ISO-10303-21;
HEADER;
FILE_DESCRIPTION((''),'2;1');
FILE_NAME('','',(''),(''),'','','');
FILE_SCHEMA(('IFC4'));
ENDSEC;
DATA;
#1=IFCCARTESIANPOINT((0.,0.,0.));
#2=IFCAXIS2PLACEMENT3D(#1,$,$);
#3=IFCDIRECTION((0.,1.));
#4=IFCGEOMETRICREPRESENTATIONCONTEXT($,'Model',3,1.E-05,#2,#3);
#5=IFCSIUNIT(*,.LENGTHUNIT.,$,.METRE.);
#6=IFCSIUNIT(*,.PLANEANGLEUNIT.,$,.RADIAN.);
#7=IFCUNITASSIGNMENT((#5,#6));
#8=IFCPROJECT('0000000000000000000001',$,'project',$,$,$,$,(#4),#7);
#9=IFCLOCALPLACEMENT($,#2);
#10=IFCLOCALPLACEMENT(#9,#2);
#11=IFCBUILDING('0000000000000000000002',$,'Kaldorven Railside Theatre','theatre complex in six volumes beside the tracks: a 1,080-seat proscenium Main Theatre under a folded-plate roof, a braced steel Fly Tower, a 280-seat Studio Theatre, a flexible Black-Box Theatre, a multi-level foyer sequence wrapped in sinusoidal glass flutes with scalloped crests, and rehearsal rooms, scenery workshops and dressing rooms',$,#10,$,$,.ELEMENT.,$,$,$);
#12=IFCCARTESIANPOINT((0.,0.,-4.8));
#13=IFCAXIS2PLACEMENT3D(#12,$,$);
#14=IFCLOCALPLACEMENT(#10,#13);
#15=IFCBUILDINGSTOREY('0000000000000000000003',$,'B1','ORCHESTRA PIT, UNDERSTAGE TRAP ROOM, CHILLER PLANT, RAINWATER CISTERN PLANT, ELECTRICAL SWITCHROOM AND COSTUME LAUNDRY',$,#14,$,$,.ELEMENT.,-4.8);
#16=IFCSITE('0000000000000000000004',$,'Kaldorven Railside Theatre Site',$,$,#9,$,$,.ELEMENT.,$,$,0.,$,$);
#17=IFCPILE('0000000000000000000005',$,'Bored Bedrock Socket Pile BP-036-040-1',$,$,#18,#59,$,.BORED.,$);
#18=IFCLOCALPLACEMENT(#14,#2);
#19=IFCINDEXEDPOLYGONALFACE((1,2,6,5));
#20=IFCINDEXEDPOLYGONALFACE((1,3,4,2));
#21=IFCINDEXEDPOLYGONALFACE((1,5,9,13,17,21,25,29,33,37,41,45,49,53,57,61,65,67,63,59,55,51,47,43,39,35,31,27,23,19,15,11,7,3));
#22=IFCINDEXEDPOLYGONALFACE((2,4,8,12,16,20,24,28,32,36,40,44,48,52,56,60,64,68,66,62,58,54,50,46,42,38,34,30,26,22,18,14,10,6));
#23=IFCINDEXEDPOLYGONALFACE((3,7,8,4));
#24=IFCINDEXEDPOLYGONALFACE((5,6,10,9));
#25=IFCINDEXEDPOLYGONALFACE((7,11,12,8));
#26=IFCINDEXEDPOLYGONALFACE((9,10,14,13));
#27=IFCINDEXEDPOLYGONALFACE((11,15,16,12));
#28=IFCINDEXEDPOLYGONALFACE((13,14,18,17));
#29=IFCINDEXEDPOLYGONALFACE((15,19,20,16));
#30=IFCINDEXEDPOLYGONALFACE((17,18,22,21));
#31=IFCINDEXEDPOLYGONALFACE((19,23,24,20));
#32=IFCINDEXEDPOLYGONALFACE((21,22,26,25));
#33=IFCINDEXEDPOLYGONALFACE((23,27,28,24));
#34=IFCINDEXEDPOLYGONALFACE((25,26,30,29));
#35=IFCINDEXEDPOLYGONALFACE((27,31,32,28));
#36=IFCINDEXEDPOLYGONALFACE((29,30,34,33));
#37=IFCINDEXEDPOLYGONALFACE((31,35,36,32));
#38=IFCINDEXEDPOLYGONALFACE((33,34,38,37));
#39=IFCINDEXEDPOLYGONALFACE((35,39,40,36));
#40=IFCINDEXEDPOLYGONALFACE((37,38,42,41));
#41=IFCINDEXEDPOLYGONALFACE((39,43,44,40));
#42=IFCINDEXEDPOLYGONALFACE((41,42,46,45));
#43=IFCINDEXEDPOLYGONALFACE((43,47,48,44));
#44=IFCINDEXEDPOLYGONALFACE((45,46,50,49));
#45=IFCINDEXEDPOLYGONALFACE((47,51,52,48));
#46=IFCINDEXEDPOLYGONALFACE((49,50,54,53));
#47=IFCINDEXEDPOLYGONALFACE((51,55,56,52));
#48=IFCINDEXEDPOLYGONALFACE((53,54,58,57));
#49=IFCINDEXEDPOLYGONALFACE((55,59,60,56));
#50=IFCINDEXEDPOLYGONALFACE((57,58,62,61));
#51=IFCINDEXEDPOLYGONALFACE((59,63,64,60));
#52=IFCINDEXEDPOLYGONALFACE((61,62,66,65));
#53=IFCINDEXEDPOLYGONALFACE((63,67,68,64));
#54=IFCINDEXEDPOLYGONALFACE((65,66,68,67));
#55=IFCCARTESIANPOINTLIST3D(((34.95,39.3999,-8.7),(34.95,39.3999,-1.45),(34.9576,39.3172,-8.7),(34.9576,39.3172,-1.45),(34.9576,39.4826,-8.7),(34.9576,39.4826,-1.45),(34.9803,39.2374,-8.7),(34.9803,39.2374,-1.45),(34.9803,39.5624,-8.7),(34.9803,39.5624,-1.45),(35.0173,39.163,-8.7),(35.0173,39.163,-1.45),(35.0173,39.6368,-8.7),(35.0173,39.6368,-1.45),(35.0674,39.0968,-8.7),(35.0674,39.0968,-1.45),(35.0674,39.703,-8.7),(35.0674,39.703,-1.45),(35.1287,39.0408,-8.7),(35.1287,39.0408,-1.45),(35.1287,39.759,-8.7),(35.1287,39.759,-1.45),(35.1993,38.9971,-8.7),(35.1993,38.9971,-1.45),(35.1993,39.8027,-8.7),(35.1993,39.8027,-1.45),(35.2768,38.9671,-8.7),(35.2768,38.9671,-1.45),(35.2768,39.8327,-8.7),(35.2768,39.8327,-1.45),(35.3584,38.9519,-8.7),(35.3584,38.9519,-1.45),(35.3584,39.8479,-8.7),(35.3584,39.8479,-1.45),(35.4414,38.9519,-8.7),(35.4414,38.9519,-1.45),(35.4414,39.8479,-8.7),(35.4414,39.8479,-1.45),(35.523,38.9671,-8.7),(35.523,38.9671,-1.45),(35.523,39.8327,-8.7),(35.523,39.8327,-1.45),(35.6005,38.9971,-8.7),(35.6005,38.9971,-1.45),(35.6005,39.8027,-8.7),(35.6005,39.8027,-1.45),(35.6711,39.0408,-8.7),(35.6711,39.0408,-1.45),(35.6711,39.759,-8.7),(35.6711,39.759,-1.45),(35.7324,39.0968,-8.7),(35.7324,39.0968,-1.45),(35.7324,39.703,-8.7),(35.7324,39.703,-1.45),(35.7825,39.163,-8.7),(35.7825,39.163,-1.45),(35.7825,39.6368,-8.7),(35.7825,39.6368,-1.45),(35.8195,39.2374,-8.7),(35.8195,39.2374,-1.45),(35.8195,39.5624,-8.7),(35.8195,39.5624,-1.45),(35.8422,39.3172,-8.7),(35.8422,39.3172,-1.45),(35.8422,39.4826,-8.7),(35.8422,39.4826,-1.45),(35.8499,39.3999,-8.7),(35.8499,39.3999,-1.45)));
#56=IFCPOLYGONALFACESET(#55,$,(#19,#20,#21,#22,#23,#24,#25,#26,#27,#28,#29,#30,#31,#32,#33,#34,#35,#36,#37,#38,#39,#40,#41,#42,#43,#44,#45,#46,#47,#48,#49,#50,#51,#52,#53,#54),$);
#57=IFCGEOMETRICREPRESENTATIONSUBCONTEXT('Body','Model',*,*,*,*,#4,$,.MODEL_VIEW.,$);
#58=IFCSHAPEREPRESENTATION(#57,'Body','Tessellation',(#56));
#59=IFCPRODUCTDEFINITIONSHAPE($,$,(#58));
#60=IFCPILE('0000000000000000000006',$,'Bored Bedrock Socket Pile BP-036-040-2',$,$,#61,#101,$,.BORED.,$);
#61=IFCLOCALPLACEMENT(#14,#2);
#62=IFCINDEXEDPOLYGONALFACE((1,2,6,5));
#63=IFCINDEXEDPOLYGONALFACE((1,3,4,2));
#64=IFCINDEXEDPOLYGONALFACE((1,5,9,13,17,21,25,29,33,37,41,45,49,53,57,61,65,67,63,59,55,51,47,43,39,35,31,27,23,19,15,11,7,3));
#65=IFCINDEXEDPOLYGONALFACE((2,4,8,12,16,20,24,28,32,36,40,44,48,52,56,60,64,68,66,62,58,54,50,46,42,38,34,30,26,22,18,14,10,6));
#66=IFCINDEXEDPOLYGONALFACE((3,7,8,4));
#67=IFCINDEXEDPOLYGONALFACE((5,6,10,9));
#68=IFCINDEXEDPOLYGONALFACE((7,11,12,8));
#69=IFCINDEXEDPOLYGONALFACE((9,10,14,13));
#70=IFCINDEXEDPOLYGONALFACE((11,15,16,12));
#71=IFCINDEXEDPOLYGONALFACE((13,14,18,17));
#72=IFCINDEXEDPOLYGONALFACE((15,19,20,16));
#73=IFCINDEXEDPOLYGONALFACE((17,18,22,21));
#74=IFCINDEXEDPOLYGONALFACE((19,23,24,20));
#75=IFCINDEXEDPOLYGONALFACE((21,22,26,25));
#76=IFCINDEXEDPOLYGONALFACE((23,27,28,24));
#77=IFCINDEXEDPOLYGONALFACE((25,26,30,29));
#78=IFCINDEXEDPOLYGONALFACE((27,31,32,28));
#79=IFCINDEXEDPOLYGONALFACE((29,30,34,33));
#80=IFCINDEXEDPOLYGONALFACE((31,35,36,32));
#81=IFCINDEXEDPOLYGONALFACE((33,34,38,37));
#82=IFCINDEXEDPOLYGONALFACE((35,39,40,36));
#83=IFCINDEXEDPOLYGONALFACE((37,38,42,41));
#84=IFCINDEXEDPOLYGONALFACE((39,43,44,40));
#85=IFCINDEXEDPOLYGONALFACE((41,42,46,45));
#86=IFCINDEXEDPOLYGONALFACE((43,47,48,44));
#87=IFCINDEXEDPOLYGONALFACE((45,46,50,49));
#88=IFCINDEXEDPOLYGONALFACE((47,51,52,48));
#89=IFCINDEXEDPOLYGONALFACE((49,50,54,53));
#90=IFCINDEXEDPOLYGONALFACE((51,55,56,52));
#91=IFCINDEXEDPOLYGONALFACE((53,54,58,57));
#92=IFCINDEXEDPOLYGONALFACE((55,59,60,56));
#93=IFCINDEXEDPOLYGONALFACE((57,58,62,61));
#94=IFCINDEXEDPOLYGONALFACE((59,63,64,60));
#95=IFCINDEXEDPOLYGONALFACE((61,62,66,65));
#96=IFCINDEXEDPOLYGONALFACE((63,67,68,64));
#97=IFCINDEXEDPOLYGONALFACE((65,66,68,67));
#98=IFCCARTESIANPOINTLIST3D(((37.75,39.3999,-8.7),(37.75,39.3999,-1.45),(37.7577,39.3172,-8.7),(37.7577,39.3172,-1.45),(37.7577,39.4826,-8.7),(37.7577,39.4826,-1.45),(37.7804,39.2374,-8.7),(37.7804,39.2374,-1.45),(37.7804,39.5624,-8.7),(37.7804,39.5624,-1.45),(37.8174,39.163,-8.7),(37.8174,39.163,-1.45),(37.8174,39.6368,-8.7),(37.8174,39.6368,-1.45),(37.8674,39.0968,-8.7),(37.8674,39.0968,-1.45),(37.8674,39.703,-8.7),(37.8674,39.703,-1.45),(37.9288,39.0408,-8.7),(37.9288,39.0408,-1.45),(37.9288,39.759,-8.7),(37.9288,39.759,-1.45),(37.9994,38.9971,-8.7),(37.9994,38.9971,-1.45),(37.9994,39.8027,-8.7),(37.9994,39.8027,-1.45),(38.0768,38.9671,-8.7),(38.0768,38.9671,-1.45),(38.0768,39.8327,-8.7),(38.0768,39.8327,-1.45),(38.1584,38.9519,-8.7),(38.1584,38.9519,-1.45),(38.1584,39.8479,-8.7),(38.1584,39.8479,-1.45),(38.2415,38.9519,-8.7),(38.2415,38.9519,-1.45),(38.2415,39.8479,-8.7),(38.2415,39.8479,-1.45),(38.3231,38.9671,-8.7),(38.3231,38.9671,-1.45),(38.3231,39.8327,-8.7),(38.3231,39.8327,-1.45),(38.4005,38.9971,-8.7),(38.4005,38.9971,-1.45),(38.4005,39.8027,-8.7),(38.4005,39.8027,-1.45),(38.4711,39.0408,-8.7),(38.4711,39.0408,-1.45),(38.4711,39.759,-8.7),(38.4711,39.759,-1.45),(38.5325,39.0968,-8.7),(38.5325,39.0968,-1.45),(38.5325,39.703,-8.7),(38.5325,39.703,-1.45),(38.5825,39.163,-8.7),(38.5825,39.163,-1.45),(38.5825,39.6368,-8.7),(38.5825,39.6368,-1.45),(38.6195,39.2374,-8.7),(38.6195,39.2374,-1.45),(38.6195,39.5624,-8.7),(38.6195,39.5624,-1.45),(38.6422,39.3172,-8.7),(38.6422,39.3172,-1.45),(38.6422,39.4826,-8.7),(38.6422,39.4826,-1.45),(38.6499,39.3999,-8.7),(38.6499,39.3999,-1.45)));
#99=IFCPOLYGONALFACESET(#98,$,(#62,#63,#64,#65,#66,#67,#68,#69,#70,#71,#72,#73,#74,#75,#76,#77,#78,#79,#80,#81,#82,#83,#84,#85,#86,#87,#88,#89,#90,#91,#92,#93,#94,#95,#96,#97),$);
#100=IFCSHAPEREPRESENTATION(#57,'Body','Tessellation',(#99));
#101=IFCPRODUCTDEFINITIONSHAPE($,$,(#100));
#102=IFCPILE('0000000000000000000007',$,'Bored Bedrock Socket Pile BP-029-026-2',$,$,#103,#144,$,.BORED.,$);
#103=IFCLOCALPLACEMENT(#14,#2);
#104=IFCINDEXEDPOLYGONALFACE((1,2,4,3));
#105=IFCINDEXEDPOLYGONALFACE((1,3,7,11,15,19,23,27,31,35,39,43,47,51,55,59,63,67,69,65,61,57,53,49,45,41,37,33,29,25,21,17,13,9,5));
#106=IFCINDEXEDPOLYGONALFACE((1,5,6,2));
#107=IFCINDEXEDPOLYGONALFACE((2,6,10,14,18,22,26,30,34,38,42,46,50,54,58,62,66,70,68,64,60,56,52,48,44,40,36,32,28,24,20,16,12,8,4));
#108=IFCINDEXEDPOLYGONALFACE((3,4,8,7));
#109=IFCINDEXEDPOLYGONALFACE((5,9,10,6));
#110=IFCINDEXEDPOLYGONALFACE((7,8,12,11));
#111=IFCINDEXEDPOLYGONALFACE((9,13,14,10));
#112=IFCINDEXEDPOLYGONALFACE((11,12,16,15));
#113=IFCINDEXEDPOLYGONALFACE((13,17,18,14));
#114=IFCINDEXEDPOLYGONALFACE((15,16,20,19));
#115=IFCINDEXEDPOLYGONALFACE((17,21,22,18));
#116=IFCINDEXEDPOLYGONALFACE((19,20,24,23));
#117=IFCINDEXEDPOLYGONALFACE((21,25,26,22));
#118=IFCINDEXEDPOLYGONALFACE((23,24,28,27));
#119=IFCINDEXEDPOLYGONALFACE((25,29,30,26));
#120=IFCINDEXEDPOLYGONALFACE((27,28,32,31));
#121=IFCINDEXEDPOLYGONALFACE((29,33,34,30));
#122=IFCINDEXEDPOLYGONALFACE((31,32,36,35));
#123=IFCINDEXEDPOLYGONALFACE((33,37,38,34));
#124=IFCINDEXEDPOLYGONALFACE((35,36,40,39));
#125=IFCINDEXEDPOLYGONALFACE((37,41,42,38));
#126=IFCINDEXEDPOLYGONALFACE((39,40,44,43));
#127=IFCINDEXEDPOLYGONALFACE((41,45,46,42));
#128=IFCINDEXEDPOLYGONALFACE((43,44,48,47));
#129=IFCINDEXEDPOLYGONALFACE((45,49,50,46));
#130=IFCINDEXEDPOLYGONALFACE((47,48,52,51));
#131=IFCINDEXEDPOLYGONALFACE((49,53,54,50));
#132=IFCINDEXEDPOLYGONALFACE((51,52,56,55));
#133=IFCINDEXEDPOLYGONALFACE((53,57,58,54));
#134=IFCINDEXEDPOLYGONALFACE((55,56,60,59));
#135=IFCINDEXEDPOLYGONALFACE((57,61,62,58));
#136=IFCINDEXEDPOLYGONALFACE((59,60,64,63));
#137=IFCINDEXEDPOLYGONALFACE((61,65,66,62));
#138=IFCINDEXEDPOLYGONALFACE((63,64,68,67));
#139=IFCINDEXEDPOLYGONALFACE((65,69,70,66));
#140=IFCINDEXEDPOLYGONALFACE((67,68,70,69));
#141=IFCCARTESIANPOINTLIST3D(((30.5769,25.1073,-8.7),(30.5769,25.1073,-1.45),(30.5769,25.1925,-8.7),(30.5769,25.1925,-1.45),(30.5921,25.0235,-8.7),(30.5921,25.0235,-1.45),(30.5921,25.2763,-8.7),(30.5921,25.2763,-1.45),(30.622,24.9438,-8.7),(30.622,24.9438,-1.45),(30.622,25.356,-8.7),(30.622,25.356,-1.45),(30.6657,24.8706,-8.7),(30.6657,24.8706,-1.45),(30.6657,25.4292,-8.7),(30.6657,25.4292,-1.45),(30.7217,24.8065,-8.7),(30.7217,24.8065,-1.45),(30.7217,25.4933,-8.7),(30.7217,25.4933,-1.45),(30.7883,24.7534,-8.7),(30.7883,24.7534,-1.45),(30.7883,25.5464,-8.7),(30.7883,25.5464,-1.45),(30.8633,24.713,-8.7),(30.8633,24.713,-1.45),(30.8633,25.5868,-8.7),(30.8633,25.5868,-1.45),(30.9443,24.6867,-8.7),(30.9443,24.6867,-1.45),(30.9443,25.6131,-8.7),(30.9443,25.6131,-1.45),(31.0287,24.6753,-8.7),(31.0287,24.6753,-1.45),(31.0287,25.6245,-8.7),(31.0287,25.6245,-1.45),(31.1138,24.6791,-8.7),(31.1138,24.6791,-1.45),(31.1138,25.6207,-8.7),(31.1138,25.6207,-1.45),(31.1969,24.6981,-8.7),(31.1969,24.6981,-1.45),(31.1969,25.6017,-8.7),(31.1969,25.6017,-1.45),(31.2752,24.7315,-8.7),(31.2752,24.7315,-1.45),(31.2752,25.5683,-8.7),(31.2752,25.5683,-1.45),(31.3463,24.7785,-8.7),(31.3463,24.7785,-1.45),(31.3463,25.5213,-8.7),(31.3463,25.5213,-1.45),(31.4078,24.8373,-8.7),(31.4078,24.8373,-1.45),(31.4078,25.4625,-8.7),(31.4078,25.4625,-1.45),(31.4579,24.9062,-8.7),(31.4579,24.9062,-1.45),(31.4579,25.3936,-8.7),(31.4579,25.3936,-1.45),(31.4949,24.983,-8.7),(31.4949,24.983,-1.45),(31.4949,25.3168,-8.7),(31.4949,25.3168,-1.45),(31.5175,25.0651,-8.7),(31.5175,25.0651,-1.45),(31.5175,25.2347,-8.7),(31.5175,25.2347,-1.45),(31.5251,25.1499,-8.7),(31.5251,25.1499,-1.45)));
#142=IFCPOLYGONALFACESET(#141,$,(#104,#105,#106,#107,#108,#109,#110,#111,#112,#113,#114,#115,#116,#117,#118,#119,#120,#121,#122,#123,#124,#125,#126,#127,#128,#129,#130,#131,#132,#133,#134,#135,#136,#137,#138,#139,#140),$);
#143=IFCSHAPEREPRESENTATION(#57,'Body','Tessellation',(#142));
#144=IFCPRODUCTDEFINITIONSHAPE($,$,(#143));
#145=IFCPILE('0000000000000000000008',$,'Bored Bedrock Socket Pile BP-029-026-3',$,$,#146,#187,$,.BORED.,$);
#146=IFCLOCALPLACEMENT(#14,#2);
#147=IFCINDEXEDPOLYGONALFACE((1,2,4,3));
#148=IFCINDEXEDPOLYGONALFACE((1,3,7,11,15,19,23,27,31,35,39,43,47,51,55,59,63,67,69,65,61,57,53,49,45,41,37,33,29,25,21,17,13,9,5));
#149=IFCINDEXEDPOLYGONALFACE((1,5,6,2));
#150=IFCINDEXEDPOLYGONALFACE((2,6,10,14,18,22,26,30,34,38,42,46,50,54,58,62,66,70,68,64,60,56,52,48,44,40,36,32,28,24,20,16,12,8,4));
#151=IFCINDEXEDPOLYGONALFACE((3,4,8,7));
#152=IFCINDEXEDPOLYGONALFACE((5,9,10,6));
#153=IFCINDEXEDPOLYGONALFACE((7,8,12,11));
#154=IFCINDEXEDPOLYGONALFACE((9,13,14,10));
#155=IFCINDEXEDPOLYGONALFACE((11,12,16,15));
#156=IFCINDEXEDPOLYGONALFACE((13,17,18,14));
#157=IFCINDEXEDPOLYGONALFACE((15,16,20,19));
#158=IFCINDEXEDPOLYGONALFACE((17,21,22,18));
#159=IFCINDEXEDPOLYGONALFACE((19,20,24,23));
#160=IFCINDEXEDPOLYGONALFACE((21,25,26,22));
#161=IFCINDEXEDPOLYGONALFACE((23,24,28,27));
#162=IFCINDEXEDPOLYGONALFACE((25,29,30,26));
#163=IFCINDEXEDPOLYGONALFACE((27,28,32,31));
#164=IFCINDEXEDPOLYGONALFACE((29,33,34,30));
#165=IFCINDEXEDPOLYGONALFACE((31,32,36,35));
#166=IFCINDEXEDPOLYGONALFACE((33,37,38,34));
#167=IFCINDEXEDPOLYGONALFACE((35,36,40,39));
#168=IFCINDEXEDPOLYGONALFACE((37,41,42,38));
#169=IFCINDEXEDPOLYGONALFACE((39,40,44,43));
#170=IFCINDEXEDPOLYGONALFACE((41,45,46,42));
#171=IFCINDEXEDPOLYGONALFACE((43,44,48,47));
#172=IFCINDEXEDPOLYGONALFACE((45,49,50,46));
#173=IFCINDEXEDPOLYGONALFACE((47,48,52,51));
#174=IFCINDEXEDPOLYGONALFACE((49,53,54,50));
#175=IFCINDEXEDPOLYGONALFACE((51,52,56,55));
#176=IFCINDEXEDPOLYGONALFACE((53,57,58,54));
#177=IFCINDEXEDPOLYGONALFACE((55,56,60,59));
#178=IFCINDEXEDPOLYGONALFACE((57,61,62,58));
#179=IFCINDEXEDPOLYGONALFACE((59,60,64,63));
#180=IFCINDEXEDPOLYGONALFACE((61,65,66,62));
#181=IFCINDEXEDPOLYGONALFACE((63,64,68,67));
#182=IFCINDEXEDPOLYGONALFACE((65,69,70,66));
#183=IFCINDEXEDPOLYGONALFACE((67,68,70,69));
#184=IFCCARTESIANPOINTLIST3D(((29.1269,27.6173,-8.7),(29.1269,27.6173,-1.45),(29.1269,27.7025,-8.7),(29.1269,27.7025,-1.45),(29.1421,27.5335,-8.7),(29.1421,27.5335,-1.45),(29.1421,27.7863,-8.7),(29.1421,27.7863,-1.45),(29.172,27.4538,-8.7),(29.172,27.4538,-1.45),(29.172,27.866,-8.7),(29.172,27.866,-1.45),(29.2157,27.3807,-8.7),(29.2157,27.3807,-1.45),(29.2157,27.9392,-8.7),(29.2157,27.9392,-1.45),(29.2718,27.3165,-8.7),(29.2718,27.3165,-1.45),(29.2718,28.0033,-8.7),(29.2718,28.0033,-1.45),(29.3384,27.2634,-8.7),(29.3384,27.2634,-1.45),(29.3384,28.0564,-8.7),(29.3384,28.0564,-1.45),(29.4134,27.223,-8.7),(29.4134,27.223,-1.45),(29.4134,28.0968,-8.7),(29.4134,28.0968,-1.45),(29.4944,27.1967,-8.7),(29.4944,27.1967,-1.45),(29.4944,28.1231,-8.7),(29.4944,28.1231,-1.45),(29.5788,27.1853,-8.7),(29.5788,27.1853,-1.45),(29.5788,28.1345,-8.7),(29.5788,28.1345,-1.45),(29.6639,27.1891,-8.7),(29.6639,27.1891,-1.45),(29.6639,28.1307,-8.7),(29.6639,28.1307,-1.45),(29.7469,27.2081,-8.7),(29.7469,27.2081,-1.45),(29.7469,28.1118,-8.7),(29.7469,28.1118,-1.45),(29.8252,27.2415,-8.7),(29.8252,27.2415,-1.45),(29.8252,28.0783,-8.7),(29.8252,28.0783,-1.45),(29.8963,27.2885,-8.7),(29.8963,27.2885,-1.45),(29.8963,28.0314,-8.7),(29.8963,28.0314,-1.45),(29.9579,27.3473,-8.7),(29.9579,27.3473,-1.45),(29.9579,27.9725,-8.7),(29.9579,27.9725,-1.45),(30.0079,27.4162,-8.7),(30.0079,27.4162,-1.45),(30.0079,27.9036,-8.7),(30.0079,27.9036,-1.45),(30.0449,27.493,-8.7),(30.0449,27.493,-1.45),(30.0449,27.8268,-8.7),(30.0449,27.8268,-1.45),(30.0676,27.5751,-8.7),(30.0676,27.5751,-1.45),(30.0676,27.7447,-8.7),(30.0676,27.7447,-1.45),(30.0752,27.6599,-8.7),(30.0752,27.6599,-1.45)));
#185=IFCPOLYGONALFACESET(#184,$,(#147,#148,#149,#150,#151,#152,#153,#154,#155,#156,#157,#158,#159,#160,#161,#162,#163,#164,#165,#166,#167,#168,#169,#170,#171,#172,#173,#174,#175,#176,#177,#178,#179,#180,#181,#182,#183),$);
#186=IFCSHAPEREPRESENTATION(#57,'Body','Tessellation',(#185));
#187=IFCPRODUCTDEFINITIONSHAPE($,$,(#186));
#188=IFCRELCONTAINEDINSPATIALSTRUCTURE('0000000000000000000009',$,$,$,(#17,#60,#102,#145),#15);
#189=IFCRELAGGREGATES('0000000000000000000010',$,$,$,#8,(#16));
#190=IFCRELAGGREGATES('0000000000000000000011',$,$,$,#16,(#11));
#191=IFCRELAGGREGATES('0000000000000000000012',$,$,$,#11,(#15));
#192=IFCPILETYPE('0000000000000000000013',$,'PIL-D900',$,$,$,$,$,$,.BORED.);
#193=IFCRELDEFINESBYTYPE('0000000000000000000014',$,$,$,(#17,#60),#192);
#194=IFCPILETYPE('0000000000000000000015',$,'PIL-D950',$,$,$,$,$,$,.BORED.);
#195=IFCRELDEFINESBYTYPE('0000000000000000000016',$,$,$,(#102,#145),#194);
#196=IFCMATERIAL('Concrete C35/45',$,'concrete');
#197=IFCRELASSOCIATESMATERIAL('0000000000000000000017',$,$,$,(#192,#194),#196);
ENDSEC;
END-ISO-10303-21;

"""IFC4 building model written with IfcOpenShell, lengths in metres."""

from ifc_helpers import new_model, si_unit, direction, frame, origin, origin_2d, place, context, subcontext, project, spatial, circle, extrude, material, material_profile, profile_set, type_object, element, save


model = new_model("IFC4")

# Units and contexts
model_context = context("Model", 3, precision=1e-05, world=origin(), true_north=direction((0.0, 1.0)))
body_context = subcontext(model_context, "Body", "Model", "MODEL_VIEW")
ifc_project = project(units=[si_unit("LENGTHUNIT", "METRE"), si_unit("PLANEANGLEUNIT", "RADIAN")], contexts=[model_context])

# Site, building, storey
site_placement = place(None, origin())
site = spatial("IfcSite", under=ifc_project, at=site_placement, Name="Kaldorven Railside Theatre Site", CompositionType="ELEMENT", RefElevation=0.0)
building_placement = place(site_placement, origin())
building = spatial("IfcBuilding", under=site, at=building_placement, Name="Kaldorven Railside Theatre", Description="theatre complex in six volumes beside the tracks: a 1,080-seat proscenium Main Theatre under a folded-plate roof, a braced steel Fly Tower, a 280-seat Studio Theatre, a flexible Black-Box Theatre, a multi-level foyer sequence wrapped in sinusoidal glass flutes with scalloped crests, and rehearsal rooms, scenery workshops and dressing rooms", CompositionType="ELEMENT")
storey_placement = place(building_placement, frame((0.0, 0.0, -4.8)))
storey = spatial("IfcBuildingStorey", under=building, at=storey_placement, Name="B1", Description="ORCHESTRA PIT, UNDERSTAGE TRAP ROOM, CHILLER PLANT, RAINWATER CISTERN PLANT, ELECTRICAL SWITCHROOM AND COSTUME LAUNDRY", CompositionType="ELEMENT", Elevation=-4.8)

# Piles
ifc_material_1 = material(Name="Concrete C35/45", Category="concrete")
ifc_material_profile_1 = material_profile(ifc_material_1, circle(Radius=0.45, at=origin_2d()), Name="BP D900")
ifc_profile_set_1 = profile_set([ifc_material_profile_1], Name="Concrete C35/45")
pile_type_1 = type_object("IfcPileType", Name="PIL-D900", PredefinedType="BORED", material=ifc_profile_set_1)
for number, where, z_axis, x_axis, name in (
    (1, (35.3999, 39.3999, -1.45), (0.0, 0.0, -1.0), (1.0, 0.0, 0.0), "Bored Bedrock Socket Pile BP-036-040-1"),
    (2, (38.2, 39.3999, -1.45), (0.0, 0.0, -1.0), (1.0, 0.0, 0.0), "Bored Bedrock Socket Pile BP-036-040-2"),
):
    element("IfcPile", number, at=place(storey_placement, frame(where, z_axis=z_axis, x_axis=x_axis)), inside=storey, type_object=pile_type_1, Name=name, PredefinedType="BORED", context=body_context, shape_type="SweptSolid", body=[
        extrude(circle(Radius=0.45, at=origin_2d()), origin(), (0.0, 0.0, 1.0), 7.25),
    ])
ifc_material_profile_2 = material_profile(ifc_material_1, circle(Radius=0.4751, at=origin_2d()), Name="BP D950")
ifc_profile_set_2 = profile_set([ifc_material_profile_2], Name="Concrete C35/45")
pile_type_2 = type_object("IfcPileType", Name="PIL-D950", PredefinedType="BORED", material=ifc_profile_set_2)
for number, where, z_axis, x_axis, name in (
    (3, (31.05, 25.1499, -1.45), (0.0, 0.0, -1.0), (1.0, 0.0, 0.0), "Bored Bedrock Socket Pile BP-029-026-2"),
    (4, (29.6001, 27.6599, -1.45), (0.0, 0.0, -1.0), (1.0, 0.0, 0.0), "Bored Bedrock Socket Pile BP-029-026-3"),
):
    element("IfcPile", number, at=place(storey_placement, frame(where, z_axis=z_axis, x_axis=x_axis)), inside=storey, type_object=pile_type_2, Name=name, PredefinedType="BORED", context=body_context, shape_type="SweptSolid", body=[
        extrude(circle(Radius=0.4751, at=origin_2d()), origin(), (0.0, 0.0, 1.0), 7.25),
    ])

save(model, "model.ifc")
